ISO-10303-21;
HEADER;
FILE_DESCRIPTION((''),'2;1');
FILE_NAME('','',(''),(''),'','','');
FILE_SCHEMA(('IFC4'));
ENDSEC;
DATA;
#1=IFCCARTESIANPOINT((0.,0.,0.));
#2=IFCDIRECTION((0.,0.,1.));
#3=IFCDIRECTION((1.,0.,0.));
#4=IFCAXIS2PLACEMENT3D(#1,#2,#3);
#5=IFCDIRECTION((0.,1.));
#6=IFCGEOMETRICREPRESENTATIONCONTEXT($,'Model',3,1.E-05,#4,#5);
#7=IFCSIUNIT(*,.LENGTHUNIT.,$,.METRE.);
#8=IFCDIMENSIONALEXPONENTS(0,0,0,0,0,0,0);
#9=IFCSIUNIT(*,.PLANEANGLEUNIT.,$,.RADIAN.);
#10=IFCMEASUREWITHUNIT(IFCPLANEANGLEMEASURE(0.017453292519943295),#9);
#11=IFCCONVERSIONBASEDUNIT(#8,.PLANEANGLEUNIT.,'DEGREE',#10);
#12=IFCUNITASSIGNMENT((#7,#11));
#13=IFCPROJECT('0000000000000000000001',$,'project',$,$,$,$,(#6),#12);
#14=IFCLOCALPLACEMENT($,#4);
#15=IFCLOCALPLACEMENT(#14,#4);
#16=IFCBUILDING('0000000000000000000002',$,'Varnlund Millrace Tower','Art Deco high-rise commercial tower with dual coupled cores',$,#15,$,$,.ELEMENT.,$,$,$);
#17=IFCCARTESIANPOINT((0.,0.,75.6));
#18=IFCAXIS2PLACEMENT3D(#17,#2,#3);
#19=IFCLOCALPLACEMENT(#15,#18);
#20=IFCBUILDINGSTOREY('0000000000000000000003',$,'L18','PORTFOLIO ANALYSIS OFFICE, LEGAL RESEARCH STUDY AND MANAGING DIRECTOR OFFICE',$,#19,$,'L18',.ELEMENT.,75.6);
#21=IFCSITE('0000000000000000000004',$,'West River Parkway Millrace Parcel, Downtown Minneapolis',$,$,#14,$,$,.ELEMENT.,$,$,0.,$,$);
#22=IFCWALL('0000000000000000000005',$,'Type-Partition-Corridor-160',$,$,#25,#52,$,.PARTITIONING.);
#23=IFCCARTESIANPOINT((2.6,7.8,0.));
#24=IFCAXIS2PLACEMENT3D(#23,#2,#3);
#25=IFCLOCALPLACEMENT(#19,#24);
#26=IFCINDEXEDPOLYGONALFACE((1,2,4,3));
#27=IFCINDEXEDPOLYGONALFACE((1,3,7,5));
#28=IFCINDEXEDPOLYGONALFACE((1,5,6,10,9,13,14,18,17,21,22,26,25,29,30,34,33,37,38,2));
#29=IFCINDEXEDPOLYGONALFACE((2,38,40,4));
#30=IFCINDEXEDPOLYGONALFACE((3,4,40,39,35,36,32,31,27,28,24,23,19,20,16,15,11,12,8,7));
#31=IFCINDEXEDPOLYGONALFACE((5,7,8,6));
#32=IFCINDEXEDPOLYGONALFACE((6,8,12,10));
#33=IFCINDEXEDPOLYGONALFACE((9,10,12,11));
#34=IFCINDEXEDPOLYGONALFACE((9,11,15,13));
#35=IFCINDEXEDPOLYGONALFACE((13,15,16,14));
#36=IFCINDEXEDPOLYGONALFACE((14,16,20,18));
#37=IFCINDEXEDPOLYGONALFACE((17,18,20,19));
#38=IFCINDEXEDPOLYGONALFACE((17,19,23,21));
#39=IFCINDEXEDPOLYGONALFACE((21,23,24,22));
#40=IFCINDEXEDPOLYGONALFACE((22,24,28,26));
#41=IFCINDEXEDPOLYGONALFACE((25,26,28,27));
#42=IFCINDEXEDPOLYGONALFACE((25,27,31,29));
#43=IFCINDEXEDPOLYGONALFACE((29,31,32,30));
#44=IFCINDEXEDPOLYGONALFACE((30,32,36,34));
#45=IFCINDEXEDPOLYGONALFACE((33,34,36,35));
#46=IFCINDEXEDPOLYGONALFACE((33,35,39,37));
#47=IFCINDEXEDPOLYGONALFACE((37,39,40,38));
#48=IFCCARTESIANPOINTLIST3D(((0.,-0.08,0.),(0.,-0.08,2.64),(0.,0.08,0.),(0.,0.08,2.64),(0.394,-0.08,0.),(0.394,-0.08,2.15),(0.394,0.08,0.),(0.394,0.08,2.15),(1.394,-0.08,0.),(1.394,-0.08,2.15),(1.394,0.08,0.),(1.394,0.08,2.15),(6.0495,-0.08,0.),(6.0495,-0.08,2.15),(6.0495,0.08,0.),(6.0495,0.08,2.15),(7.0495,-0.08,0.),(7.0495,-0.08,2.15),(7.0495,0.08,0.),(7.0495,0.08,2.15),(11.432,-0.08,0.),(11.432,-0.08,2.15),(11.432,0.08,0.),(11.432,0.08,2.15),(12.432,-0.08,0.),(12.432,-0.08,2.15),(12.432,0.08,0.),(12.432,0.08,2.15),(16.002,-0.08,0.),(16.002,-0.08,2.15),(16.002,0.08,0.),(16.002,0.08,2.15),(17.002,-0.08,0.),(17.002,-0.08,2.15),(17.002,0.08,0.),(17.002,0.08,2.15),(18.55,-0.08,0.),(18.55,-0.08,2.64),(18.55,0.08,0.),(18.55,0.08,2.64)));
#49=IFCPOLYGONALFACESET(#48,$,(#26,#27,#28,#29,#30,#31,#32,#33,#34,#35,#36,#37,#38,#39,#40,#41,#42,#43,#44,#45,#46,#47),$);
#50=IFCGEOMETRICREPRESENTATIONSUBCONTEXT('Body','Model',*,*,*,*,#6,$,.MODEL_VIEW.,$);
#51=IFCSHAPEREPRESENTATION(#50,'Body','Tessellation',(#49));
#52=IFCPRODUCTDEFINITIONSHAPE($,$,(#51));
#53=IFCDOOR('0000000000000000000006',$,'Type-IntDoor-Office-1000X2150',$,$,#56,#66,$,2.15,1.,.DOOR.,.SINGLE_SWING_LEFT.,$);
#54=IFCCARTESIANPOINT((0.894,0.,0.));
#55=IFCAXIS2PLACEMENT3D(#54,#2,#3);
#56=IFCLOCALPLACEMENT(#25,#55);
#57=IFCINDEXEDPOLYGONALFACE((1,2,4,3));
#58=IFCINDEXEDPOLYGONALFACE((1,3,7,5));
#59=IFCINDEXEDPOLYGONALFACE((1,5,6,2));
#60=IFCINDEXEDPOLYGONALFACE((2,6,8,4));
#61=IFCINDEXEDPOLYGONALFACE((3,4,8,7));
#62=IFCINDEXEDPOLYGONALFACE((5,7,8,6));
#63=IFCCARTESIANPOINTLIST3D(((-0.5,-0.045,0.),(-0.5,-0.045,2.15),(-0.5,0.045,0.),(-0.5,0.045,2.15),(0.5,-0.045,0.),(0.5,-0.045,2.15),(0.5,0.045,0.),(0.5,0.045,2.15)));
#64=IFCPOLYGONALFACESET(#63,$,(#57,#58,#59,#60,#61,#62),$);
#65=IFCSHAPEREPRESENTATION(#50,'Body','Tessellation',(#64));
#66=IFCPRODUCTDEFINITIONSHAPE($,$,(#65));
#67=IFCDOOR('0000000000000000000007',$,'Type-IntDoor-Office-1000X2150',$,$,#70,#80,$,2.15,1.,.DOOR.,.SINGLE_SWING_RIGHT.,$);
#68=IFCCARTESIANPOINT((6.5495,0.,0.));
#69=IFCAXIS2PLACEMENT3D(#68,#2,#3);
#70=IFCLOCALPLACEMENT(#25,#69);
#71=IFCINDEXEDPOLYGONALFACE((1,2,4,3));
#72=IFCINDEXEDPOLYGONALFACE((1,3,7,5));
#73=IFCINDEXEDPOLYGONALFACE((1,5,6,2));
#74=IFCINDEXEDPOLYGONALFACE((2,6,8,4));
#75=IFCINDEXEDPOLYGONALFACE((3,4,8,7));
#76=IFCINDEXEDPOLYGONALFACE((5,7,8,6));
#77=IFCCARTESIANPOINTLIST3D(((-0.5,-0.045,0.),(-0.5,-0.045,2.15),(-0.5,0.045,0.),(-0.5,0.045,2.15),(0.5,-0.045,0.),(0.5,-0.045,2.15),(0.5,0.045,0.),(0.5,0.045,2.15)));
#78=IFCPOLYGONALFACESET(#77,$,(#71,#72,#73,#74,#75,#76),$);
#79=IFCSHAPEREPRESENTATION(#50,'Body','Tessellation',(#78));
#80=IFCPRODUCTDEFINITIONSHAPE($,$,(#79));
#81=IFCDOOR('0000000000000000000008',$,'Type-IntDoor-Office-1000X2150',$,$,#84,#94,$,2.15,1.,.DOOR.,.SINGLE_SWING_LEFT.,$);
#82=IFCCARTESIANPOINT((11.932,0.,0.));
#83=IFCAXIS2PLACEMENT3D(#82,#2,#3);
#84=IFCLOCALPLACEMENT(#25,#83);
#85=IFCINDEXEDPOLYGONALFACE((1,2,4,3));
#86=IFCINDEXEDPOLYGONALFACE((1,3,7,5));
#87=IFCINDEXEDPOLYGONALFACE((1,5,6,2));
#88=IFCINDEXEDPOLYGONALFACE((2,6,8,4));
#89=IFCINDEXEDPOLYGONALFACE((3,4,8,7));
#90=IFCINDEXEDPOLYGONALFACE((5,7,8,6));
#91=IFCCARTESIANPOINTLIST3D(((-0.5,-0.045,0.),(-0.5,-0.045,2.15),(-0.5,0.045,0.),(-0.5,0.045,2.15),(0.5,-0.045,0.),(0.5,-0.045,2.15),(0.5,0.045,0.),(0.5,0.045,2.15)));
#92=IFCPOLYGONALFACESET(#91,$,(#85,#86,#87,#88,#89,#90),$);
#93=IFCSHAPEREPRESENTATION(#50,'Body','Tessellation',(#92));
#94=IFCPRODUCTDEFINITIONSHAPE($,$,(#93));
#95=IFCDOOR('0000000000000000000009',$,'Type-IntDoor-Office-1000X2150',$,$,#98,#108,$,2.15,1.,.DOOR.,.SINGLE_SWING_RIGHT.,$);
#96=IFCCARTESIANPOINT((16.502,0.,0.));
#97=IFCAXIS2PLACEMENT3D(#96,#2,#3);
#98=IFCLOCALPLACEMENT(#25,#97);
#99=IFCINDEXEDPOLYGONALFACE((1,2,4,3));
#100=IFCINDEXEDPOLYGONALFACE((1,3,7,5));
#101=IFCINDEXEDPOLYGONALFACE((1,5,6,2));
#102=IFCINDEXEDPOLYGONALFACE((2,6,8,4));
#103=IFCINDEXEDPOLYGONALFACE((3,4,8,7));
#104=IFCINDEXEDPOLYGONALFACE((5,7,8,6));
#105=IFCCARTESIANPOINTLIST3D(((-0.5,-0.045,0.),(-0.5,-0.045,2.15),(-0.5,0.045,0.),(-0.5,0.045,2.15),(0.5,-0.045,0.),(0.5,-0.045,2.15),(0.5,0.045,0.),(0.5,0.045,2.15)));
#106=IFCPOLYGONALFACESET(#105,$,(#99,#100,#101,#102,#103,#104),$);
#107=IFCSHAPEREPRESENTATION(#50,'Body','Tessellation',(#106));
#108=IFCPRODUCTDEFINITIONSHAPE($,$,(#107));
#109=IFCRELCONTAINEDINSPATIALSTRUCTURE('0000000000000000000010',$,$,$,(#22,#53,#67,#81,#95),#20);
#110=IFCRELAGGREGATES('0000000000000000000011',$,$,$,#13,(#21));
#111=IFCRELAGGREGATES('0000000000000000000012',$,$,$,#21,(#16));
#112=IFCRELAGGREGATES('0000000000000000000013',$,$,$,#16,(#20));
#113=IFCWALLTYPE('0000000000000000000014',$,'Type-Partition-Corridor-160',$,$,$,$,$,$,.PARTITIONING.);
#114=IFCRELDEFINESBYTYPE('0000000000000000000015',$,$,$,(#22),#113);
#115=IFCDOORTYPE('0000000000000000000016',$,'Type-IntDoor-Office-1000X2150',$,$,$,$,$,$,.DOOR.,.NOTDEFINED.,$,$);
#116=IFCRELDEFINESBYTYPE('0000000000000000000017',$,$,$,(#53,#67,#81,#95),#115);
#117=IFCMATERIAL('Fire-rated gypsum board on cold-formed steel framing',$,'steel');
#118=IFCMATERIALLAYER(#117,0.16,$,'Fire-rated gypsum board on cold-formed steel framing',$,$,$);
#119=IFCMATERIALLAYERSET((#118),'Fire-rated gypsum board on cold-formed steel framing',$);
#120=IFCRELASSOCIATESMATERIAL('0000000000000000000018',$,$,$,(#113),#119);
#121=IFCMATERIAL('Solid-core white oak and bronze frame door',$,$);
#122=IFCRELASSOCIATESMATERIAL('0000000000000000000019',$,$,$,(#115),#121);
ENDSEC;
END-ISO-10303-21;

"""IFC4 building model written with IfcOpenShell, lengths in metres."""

from ifc_helpers import new_model, entity, si_unit, converted_unit, direction, frame, origin_with_axes, origin_2d_with_axis, place, context, subcontext, project, spatial, polyline, rectangle, outline, extrude, material, layer, layer_set, type_object, element, fill, save


model = new_model("IFC4")

# Units and contexts
model_context = context("Model", 3, precision=1e-05, world=origin_with_axes(), true_north=direction((0.0, 1.0)))
body_context = subcontext(model_context, "Body", "Model", "MODEL_VIEW")
ifc_project = project(units=[si_unit("LENGTHUNIT", "METRE"), converted_unit("PLANEANGLEUNIT", "DEGREE", entity("IfcPlaneAngleMeasure", 0.017453292519943295), si_unit("PLANEANGLEUNIT", "RADIAN"), dimensions=[0, 0, 0, 0, 0, 0, 0])], contexts=[model_context])

# Site, building, storey
site_placement = place(None, origin_with_axes())
site = spatial("IfcSite", under=ifc_project, at=site_placement, Name="West River Parkway Millrace Parcel, Downtown Minneapolis", CompositionType="ELEMENT", RefElevation=0.0)
building_placement = place(site_placement, origin_with_axes())
building = spatial("IfcBuilding", under=site, at=building_placement, Name="Varnlund Millrace Tower", Description="Art Deco high-rise commercial tower with dual coupled cores", CompositionType="ELEMENT")
storey_placement = place(building_placement, frame((0.0, 0.0, 75.6), z_axis=(0.0, 0.0, 1.0), x_axis=(1.0, 0.0, 0.0)))
storey = spatial("IfcBuildingStorey", under=building, at=storey_placement, Name="L18", Description="PORTFOLIO ANALYSIS OFFICE, LEGAL RESEARCH STUDY AND MANAGING DIRECTOR OFFICE", LongName="L18", CompositionType="ELEMENT", Elevation=75.6)

# Wall, openings, doors
ifc_material_1 = material(Name="Fire-rated gypsum board on cold-formed steel framing", Category="steel")
ifc_layer_1 = layer(ifc_material_1, 0.16, Name="Fire-rated gypsum board on cold-formed steel framing")
ifc_layer_set_1 = layer_set([ifc_layer_1], Name="Fire-rated gypsum board on cold-formed steel framing")
wall_type_1 = type_object("IfcWallType", Name="Type-Partition-Corridor-160", PredefinedType="PARTITIONING", material=ifc_layer_set_1)
wall_1_placement = place(storey_placement, frame((2.6, 7.8, 0.0), z_axis=(0.0, 0.0, 1.0), x_axis=(1.0, 0.0, 0.0)))
wall_1 = element("IfcWall", 1, at=wall_1_placement, inside=storey, type_object=wall_type_1, Name="Type-Partition-Corridor-160", PredefinedType="PARTITIONING", context=body_context, shape_type="SweptSolid", body=[
    extrude(outline(polyline([(0.0, -0.08), (18.55, -0.08), (18.55, 0.08), (0.0, 0.08), (0.0, -0.08)])), origin_with_axes(), (0.0, 0.0, 1.0), 2.64),
])
opening_1_placement = place(wall_1_placement, frame((0.894, 0.0, 0.0), z_axis=(0.0, 0.0, 1.0), x_axis=(1.0, 0.0, 0.0)))
opening_1 = element("IfcOpeningElement", 2, at=opening_1_placement, cuts=wall_1, PredefinedType="OPENING", context=body_context, shape_type="SweptSolid", body=[
    extrude(rectangle(XDim=1.0, YDim=0.18, at=origin_2d_with_axis()), origin_with_axes(), (0.0, 0.0, 1.0), 2.15),
])
opening_2_placement = place(wall_1_placement, frame((6.5495, 0.0, 0.0), z_axis=(0.0, 0.0, 1.0), x_axis=(1.0, 0.0, 0.0)))
opening_2 = element("IfcOpeningElement", 3, at=opening_2_placement, cuts=wall_1, PredefinedType="OPENING", context=body_context, shape_type="SweptSolid", body=[
    extrude(rectangle(XDim=1.0, YDim=0.18, at=origin_2d_with_axis()), origin_with_axes(), (0.0, 0.0, 1.0), 2.15),
])
opening_3_placement = place(wall_1_placement, frame((11.932, 0.0, 0.0), z_axis=(0.0, 0.0, 1.0), x_axis=(1.0, 0.0, 0.0)))
opening_3 = element("IfcOpeningElement", 4, at=opening_3_placement, cuts=wall_1, PredefinedType="OPENING", context=body_context, shape_type="SweptSolid", body=[
    extrude(rectangle(XDim=1.0, YDim=0.18, at=origin_2d_with_axis()), origin_with_axes(), (0.0, 0.0, 1.0), 2.15),
])
opening_4_placement = place(wall_1_placement, frame((16.502, 0.0, 0.0), z_axis=(0.0, 0.0, 1.0), x_axis=(1.0, 0.0, 0.0)))
opening_4 = element("IfcOpeningElement", 5, at=opening_4_placement, cuts=wall_1, PredefinedType="OPENING", context=body_context, shape_type="SweptSolid", body=[
    extrude(rectangle(XDim=1.0, YDim=0.18, at=origin_2d_with_axis()), origin_with_axes(), (0.0, 0.0, 1.0), 2.15),
])
ifc_material_2 = material(Name="Solid-core white oak and bronze frame door")
door_type_1 = type_object("IfcDoorType", Name="Type-IntDoor-Office-1000X2150", OperationType="NOTDEFINED", PredefinedType="DOOR", material=ifc_material_2)
door_1_placement = place(wall_1_placement, frame((0.894, 0.0, 0.0), z_axis=(0.0, 0.0, 1.0), x_axis=(1.0, 0.0, 0.0)))
door_1 = element("IfcDoor", 6, at=door_1_placement, inside=storey, type_object=door_type_1, Name="Type-IntDoor-Office-1000X2150", OperationType="SINGLE_SWING_LEFT", OverallHeight=2.15, OverallWidth=1.0, PredefinedType="DOOR", context=body_context, shape_type="SweptSolid", body=[
    extrude(rectangle(XDim=1.0, YDim=0.09, at=origin_2d_with_axis()), origin_with_axes(), (0.0, 0.0, 1.0), 2.15),
])
fill(opening_1, door_1)
door_2_placement = place(wall_1_placement, frame((6.5495, 0.0, 0.0), z_axis=(0.0, 0.0, 1.0), x_axis=(1.0, 0.0, 0.0)))
door_2 = element("IfcDoor", 7, at=door_2_placement, inside=storey, type_object=door_type_1, Name="Type-IntDoor-Office-1000X2150", OperationType="SINGLE_SWING_RIGHT", OverallHeight=2.15, OverallWidth=1.0, PredefinedType="DOOR", context=body_context, shape_type="SweptSolid", body=[
    extrude(rectangle(XDim=1.0, YDim=0.09, at=origin_2d_with_axis()), origin_with_axes(), (0.0, 0.0, 1.0), 2.15),
])
fill(opening_2, door_2)
door_3_placement = place(wall_1_placement, frame((11.932, 0.0, 0.0), z_axis=(0.0, 0.0, 1.0), x_axis=(1.0, 0.0, 0.0)))
door_3 = element("IfcDoor", 8, at=door_3_placement, inside=storey, type_object=door_type_1, Name="Type-IntDoor-Office-1000X2150", OperationType="SINGLE_SWING_LEFT", OverallHeight=2.15, OverallWidth=1.0, PredefinedType="DOOR", context=body_context, shape_type="SweptSolid", body=[
    extrude(rectangle(XDim=1.0, YDim=0.09, at=origin_2d_with_axis()), origin_with_axes(), (0.0, 0.0, 1.0), 2.15),
])
fill(opening_3, door_3)
door_4_placement = place(wall_1_placement, frame((16.502, 0.0, 0.0), z_axis=(0.0, 0.0, 1.0), x_axis=(1.0, 0.0, 0.0)))
door_4 = element("IfcDoor", 9, at=door_4_placement, inside=storey, type_object=door_type_1, Name="Type-IntDoor-Office-1000X2150", OperationType="SINGLE_SWING_RIGHT", OverallHeight=2.15, OverallWidth=1.0, PredefinedType="DOOR", context=body_context, shape_type="SweptSolid", body=[
    extrude(rectangle(XDim=1.0, YDim=0.09, at=origin_2d_with_axis()), origin_with_axes(), (0.0, 0.0, 1.0), 2.15),
])
fill(opening_4, door_4)

save(model, "model.ifc")
